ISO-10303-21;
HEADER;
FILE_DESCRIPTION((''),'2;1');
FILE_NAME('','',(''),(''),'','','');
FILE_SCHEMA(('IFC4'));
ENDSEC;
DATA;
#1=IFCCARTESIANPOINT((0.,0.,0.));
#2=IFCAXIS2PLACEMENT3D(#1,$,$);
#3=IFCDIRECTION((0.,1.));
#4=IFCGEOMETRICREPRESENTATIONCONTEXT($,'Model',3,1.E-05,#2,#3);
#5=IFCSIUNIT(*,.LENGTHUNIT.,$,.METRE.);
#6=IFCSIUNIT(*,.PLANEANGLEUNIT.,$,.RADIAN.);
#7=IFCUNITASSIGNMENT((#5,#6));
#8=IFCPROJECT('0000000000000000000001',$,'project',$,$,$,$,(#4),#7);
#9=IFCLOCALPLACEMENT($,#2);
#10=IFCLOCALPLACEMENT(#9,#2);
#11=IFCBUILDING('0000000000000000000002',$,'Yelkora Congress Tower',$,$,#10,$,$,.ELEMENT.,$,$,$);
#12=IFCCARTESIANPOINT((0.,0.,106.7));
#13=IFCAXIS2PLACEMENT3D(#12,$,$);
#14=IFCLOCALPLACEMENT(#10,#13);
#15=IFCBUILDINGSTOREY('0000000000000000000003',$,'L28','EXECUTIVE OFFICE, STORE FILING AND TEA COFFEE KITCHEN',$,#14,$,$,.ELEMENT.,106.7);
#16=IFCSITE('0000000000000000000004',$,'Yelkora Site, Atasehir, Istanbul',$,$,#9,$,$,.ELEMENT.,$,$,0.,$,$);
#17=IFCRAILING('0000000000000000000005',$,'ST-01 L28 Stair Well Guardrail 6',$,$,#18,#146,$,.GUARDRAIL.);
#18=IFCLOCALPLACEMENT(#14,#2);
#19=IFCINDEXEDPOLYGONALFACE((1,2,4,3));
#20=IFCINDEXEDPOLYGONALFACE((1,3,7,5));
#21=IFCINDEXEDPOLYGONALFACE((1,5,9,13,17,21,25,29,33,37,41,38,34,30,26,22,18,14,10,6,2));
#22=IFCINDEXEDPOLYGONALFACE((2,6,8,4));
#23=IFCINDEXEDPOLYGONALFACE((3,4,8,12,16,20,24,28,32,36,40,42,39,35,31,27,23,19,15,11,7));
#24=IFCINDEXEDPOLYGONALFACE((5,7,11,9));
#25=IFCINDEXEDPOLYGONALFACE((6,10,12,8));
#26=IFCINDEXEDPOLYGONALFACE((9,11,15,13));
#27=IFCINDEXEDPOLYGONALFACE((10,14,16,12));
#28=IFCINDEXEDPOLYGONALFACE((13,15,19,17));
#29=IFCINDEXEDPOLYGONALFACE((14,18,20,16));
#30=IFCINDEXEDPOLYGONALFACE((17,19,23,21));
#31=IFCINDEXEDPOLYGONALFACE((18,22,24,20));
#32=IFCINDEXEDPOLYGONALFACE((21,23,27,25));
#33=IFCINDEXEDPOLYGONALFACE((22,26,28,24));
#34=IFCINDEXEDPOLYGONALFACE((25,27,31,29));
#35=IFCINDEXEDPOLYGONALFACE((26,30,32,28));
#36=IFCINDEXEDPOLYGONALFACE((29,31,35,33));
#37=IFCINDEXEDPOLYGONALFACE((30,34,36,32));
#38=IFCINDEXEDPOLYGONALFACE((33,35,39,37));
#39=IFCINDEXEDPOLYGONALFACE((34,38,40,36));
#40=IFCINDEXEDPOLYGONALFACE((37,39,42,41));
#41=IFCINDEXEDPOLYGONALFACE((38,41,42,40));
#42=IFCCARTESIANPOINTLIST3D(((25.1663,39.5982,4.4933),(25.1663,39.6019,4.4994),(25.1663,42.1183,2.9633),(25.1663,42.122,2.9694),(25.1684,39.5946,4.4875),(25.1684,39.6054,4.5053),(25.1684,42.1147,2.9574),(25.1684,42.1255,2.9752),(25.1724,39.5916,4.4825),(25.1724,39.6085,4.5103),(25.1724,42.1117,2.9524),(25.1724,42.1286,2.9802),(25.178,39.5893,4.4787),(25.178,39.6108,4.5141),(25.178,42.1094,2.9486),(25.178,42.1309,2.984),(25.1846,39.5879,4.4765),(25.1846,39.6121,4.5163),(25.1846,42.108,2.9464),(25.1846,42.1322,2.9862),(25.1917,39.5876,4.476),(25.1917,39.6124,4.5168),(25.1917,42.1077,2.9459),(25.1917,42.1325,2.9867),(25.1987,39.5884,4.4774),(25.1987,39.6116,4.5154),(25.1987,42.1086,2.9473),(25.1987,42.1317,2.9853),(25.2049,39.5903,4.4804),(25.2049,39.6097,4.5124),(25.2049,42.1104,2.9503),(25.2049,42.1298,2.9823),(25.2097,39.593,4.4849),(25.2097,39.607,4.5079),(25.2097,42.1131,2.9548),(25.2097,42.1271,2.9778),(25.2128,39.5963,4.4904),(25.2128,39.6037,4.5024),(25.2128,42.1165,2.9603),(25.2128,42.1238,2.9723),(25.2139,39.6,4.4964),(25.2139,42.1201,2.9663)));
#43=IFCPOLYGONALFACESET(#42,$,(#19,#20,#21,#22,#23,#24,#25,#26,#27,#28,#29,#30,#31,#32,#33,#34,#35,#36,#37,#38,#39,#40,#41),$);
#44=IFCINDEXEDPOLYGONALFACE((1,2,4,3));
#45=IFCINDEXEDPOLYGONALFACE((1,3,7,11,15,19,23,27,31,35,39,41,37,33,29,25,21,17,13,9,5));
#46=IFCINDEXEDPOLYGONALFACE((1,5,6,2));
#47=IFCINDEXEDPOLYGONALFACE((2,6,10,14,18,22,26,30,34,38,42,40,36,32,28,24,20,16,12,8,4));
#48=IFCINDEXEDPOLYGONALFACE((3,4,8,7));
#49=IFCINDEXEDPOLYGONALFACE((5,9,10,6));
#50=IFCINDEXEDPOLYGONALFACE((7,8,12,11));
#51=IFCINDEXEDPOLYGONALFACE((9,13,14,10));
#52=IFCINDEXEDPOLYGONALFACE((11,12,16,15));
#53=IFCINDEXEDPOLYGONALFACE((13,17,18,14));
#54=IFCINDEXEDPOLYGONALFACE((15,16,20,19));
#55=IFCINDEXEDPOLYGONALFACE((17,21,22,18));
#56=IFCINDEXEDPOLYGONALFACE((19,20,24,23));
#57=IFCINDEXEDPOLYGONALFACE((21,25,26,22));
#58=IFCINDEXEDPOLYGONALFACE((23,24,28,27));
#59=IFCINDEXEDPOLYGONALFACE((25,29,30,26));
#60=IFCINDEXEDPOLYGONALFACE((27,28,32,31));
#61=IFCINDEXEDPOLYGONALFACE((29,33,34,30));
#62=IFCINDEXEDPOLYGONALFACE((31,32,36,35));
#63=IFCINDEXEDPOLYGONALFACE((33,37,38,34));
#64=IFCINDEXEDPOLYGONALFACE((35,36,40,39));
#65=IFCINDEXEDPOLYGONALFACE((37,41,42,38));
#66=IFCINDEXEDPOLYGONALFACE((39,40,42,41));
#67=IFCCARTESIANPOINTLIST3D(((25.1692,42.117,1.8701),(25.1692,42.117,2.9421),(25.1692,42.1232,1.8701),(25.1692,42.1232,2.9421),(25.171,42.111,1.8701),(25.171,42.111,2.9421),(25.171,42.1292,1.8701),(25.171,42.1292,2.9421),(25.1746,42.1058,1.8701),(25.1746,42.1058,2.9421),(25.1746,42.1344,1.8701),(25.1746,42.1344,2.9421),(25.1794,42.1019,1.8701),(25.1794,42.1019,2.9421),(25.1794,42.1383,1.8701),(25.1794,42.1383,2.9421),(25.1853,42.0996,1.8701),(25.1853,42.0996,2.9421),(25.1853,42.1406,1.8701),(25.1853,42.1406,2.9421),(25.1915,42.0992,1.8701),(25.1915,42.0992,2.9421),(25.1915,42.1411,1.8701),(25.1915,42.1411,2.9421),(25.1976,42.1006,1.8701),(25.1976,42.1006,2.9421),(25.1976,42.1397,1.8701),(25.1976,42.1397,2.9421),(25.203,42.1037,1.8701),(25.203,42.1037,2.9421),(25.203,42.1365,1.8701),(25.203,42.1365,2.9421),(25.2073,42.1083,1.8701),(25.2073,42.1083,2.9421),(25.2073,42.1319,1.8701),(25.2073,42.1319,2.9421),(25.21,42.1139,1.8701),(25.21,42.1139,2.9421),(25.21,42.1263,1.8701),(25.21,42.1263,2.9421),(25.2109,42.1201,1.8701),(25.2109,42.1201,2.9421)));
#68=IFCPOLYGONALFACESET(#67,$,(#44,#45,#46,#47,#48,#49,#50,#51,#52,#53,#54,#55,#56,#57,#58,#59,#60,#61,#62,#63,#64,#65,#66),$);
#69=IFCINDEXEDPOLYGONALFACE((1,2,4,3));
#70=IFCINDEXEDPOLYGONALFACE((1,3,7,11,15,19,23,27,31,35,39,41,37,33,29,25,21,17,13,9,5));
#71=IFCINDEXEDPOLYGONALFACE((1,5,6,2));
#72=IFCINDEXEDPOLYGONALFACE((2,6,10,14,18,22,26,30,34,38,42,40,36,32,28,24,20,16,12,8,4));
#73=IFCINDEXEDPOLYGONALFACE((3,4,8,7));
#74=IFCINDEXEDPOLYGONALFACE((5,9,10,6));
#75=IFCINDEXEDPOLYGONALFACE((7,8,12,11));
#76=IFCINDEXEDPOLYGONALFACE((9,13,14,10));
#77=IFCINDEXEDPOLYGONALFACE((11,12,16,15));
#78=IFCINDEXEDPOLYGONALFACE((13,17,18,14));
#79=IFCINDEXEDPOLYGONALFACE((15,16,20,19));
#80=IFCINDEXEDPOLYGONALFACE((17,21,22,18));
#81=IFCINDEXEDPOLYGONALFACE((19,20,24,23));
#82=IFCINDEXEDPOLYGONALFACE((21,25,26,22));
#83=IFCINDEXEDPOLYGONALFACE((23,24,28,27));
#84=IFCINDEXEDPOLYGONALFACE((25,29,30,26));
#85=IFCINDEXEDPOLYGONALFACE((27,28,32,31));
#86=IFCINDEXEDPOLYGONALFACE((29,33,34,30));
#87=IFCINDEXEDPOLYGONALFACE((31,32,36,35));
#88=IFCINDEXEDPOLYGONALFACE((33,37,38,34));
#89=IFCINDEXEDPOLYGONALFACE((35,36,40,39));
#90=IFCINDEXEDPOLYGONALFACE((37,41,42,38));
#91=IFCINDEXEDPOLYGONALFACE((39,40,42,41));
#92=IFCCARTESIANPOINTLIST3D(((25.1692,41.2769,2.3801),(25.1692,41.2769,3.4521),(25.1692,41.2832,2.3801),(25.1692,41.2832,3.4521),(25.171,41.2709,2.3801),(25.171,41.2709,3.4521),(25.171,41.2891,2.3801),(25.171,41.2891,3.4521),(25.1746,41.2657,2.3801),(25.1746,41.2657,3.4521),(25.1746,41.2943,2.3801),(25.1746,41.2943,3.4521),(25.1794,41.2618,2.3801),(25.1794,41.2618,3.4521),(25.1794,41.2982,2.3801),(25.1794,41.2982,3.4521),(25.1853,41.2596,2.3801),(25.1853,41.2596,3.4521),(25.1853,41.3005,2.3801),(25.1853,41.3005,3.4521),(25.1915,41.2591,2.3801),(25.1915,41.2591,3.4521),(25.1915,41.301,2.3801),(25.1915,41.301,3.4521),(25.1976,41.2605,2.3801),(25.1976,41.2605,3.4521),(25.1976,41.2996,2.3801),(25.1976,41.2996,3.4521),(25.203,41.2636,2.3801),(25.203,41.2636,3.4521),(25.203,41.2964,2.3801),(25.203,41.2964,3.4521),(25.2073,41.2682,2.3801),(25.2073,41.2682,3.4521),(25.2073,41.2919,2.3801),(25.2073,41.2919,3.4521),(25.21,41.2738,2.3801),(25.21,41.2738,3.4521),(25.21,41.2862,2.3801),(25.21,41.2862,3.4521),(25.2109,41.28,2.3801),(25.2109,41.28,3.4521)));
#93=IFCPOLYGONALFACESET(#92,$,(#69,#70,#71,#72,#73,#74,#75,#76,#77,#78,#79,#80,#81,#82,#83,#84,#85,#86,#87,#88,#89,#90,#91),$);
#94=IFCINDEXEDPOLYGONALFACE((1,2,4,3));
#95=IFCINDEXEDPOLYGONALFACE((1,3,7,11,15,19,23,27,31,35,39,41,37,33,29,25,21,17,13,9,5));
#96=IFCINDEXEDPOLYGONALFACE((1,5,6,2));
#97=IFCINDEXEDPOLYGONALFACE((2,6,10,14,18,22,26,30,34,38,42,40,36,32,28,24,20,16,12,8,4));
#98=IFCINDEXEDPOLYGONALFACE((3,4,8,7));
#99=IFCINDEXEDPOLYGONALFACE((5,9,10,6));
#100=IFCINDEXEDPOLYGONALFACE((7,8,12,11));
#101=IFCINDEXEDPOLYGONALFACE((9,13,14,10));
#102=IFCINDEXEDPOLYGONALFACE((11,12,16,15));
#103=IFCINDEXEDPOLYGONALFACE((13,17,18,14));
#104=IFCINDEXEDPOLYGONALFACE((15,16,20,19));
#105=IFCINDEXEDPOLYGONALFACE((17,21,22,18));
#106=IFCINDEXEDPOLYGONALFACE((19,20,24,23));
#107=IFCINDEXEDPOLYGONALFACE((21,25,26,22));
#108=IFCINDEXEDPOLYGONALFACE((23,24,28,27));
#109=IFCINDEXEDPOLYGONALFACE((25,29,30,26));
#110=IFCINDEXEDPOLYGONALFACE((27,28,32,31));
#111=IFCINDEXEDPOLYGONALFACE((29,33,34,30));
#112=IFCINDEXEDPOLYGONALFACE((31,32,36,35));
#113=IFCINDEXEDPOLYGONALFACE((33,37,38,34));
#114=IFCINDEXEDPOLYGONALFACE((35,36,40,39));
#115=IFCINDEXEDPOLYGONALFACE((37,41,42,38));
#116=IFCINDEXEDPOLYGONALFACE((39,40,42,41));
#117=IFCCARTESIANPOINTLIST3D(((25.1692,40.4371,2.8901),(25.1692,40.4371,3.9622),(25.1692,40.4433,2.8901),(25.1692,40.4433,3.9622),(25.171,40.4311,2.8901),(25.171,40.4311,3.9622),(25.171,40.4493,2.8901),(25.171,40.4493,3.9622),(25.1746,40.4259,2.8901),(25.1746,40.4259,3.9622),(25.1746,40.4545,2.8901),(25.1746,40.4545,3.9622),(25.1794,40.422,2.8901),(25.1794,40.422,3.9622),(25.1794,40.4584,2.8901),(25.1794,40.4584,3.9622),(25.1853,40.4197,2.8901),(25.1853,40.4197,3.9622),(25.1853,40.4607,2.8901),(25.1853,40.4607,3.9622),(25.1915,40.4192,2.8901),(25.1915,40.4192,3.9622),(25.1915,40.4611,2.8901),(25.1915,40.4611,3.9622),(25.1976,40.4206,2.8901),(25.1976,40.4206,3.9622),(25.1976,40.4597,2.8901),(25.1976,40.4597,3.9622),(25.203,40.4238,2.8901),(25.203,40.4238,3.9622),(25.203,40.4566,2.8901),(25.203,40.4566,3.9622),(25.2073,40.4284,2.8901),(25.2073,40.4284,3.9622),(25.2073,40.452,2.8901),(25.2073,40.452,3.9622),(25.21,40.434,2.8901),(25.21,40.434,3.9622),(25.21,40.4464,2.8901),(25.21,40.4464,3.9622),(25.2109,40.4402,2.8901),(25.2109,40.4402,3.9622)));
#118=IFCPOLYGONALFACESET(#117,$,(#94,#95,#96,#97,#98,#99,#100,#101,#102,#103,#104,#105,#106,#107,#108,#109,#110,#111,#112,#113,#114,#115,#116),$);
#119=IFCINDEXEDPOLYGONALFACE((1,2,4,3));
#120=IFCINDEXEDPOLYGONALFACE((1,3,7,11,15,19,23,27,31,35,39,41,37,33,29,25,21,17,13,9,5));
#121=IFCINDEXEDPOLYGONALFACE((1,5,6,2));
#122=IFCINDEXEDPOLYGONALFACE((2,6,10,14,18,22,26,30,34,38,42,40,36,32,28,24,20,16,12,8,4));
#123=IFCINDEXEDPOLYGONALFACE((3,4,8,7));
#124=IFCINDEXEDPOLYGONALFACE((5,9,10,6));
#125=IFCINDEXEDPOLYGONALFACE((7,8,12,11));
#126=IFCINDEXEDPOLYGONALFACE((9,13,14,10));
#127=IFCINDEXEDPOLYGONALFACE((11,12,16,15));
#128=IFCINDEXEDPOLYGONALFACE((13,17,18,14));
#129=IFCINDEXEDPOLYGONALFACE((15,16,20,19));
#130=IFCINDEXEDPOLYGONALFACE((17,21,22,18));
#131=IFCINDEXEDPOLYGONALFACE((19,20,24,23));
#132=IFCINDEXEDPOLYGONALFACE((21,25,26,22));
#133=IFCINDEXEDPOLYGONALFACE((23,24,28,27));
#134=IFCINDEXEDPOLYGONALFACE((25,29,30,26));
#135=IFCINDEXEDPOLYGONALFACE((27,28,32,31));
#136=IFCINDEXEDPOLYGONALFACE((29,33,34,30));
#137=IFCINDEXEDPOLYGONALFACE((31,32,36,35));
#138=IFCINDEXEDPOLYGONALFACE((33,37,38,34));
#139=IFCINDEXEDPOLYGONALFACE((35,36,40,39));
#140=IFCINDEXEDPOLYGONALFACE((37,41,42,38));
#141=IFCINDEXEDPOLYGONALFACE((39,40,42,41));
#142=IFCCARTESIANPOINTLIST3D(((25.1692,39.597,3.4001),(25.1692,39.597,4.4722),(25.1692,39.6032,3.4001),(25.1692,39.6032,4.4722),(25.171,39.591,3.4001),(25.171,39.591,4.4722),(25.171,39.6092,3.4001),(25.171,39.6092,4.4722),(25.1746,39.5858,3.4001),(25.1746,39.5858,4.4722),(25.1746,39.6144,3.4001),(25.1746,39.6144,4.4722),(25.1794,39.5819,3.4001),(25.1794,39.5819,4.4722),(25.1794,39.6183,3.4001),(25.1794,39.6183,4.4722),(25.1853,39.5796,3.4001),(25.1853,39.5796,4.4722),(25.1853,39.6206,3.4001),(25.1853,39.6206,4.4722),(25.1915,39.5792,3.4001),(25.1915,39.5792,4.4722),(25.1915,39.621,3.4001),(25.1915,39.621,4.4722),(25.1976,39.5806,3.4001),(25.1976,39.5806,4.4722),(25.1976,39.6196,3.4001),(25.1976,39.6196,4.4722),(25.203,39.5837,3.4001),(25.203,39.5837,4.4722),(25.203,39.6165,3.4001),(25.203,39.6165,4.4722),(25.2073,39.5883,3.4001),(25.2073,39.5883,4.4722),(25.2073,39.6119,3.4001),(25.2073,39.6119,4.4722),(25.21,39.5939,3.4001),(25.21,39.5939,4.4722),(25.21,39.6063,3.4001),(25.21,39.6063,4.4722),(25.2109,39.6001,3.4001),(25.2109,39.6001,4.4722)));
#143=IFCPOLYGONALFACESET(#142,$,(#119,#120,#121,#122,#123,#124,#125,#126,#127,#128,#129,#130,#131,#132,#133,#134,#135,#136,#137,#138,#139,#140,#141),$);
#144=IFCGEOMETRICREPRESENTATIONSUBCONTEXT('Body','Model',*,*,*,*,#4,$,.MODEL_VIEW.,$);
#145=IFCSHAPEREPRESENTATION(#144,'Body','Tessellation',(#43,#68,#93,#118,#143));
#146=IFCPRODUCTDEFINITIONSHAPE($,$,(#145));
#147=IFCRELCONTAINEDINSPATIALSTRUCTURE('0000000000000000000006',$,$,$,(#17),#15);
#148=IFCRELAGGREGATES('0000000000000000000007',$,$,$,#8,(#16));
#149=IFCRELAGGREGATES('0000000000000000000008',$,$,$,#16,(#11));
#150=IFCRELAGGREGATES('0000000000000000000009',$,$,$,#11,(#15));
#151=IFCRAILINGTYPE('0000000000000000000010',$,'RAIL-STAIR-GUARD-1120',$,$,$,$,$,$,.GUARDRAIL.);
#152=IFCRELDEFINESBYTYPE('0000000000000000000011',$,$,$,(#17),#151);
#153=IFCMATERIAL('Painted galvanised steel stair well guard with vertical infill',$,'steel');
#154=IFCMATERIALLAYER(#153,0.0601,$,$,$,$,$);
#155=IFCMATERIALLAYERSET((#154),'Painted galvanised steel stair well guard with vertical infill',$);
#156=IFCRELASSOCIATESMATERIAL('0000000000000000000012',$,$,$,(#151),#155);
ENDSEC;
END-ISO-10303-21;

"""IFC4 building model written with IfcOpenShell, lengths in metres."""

from ifc_helpers import new_model, si_unit, direction, frame, origin, origin_2d, place, context, subcontext, project, spatial, circle, extrude, material, layer, layer_set, type_object, element, save


model = new_model("IFC4")

# Units and contexts
model_context = context("Model", 3, precision=1e-05, world=origin(), true_north=direction((0.0, 1.0)))
body_context = subcontext(model_context, "Body", "Model", "MODEL_VIEW")
ifc_project = project(units=[si_unit("LENGTHUNIT", "METRE"), si_unit("PLANEANGLEUNIT", "RADIAN")], contexts=[model_context])

# Site, building, storey
site_placement = place(None, origin())
site = spatial("IfcSite", under=ifc_project, at=site_placement, Name="Yelkora Site, Atasehir, Istanbul", CompositionType="ELEMENT", RefElevation=0.0)
building_placement = place(site_placement, origin())
building = spatial("IfcBuilding", under=site, at=building_placement, Name="Yelkora Congress Tower", CompositionType="ELEMENT")
storey_placement = place(building_placement, frame((0.0, 0.0, 106.7)))
storey = spatial("IfcBuildingStorey", under=building, at=storey_placement, Name="L28", Description="EXECUTIVE OFFICE, STORE FILING AND TEA COFFEE KITCHEN", CompositionType="ELEMENT", Elevation=106.7)

# Railing
ifc_material_1 = material(Name="Painted galvanised steel stair well guard with vertical infill", Category="steel")
ifc_layer_1 = layer(ifc_material_1, 0.0601)
ifc_layer_set_1 = layer_set([ifc_layer_1], Name="Painted galvanised steel stair well guard with vertical infill")
railing_type_1 = type_object("IfcRailingType", Name="RAIL-STAIR-GUARD-1120", PredefinedType="GUARDRAIL", material=ifc_layer_set_1)
railing_1_placement = place(storey_placement, frame((25.1899, 42.1201, 1.8701)))
element("IfcRailing", 1, at=railing_1_placement, inside=storey, type_object=railing_type_1, Name="ST-01 L28 Stair Well Guardrail 6", PredefinedType="GUARDRAIL", context=body_context, shape_type="SweptSolid", body=[
    extrude(circle(Radius=0.0239, at=origin_2d()), frame((0.0, 0.0, 1.0962), z_axis=(0.0, -0.854785, 0.518982), x_axis=(1.0, 0.0, 0.0)), (0.0, 0.0, 1.0), 2.9482),
    extrude(circle(Radius=0.021, at=origin_2d()), origin(), (0.0, 0.0, 1.0), 1.072),
    extrude(circle(Radius=0.021, at=origin_2d()), frame((0.0, -0.8401, 0.51)), (0.0, 0.0, 1.0), 1.072),
    extrude(circle(Radius=0.021, at=origin_2d()), frame((0.0, -1.6799, 1.02)), (0.0, 0.0, 1.0), 1.072),
    extrude(circle(Radius=0.021, at=origin_2d()), frame((0.0, -2.52, 1.53)), (0.0, 0.0, 1.0), 1.072),
])

save(model, "model.ifc")
